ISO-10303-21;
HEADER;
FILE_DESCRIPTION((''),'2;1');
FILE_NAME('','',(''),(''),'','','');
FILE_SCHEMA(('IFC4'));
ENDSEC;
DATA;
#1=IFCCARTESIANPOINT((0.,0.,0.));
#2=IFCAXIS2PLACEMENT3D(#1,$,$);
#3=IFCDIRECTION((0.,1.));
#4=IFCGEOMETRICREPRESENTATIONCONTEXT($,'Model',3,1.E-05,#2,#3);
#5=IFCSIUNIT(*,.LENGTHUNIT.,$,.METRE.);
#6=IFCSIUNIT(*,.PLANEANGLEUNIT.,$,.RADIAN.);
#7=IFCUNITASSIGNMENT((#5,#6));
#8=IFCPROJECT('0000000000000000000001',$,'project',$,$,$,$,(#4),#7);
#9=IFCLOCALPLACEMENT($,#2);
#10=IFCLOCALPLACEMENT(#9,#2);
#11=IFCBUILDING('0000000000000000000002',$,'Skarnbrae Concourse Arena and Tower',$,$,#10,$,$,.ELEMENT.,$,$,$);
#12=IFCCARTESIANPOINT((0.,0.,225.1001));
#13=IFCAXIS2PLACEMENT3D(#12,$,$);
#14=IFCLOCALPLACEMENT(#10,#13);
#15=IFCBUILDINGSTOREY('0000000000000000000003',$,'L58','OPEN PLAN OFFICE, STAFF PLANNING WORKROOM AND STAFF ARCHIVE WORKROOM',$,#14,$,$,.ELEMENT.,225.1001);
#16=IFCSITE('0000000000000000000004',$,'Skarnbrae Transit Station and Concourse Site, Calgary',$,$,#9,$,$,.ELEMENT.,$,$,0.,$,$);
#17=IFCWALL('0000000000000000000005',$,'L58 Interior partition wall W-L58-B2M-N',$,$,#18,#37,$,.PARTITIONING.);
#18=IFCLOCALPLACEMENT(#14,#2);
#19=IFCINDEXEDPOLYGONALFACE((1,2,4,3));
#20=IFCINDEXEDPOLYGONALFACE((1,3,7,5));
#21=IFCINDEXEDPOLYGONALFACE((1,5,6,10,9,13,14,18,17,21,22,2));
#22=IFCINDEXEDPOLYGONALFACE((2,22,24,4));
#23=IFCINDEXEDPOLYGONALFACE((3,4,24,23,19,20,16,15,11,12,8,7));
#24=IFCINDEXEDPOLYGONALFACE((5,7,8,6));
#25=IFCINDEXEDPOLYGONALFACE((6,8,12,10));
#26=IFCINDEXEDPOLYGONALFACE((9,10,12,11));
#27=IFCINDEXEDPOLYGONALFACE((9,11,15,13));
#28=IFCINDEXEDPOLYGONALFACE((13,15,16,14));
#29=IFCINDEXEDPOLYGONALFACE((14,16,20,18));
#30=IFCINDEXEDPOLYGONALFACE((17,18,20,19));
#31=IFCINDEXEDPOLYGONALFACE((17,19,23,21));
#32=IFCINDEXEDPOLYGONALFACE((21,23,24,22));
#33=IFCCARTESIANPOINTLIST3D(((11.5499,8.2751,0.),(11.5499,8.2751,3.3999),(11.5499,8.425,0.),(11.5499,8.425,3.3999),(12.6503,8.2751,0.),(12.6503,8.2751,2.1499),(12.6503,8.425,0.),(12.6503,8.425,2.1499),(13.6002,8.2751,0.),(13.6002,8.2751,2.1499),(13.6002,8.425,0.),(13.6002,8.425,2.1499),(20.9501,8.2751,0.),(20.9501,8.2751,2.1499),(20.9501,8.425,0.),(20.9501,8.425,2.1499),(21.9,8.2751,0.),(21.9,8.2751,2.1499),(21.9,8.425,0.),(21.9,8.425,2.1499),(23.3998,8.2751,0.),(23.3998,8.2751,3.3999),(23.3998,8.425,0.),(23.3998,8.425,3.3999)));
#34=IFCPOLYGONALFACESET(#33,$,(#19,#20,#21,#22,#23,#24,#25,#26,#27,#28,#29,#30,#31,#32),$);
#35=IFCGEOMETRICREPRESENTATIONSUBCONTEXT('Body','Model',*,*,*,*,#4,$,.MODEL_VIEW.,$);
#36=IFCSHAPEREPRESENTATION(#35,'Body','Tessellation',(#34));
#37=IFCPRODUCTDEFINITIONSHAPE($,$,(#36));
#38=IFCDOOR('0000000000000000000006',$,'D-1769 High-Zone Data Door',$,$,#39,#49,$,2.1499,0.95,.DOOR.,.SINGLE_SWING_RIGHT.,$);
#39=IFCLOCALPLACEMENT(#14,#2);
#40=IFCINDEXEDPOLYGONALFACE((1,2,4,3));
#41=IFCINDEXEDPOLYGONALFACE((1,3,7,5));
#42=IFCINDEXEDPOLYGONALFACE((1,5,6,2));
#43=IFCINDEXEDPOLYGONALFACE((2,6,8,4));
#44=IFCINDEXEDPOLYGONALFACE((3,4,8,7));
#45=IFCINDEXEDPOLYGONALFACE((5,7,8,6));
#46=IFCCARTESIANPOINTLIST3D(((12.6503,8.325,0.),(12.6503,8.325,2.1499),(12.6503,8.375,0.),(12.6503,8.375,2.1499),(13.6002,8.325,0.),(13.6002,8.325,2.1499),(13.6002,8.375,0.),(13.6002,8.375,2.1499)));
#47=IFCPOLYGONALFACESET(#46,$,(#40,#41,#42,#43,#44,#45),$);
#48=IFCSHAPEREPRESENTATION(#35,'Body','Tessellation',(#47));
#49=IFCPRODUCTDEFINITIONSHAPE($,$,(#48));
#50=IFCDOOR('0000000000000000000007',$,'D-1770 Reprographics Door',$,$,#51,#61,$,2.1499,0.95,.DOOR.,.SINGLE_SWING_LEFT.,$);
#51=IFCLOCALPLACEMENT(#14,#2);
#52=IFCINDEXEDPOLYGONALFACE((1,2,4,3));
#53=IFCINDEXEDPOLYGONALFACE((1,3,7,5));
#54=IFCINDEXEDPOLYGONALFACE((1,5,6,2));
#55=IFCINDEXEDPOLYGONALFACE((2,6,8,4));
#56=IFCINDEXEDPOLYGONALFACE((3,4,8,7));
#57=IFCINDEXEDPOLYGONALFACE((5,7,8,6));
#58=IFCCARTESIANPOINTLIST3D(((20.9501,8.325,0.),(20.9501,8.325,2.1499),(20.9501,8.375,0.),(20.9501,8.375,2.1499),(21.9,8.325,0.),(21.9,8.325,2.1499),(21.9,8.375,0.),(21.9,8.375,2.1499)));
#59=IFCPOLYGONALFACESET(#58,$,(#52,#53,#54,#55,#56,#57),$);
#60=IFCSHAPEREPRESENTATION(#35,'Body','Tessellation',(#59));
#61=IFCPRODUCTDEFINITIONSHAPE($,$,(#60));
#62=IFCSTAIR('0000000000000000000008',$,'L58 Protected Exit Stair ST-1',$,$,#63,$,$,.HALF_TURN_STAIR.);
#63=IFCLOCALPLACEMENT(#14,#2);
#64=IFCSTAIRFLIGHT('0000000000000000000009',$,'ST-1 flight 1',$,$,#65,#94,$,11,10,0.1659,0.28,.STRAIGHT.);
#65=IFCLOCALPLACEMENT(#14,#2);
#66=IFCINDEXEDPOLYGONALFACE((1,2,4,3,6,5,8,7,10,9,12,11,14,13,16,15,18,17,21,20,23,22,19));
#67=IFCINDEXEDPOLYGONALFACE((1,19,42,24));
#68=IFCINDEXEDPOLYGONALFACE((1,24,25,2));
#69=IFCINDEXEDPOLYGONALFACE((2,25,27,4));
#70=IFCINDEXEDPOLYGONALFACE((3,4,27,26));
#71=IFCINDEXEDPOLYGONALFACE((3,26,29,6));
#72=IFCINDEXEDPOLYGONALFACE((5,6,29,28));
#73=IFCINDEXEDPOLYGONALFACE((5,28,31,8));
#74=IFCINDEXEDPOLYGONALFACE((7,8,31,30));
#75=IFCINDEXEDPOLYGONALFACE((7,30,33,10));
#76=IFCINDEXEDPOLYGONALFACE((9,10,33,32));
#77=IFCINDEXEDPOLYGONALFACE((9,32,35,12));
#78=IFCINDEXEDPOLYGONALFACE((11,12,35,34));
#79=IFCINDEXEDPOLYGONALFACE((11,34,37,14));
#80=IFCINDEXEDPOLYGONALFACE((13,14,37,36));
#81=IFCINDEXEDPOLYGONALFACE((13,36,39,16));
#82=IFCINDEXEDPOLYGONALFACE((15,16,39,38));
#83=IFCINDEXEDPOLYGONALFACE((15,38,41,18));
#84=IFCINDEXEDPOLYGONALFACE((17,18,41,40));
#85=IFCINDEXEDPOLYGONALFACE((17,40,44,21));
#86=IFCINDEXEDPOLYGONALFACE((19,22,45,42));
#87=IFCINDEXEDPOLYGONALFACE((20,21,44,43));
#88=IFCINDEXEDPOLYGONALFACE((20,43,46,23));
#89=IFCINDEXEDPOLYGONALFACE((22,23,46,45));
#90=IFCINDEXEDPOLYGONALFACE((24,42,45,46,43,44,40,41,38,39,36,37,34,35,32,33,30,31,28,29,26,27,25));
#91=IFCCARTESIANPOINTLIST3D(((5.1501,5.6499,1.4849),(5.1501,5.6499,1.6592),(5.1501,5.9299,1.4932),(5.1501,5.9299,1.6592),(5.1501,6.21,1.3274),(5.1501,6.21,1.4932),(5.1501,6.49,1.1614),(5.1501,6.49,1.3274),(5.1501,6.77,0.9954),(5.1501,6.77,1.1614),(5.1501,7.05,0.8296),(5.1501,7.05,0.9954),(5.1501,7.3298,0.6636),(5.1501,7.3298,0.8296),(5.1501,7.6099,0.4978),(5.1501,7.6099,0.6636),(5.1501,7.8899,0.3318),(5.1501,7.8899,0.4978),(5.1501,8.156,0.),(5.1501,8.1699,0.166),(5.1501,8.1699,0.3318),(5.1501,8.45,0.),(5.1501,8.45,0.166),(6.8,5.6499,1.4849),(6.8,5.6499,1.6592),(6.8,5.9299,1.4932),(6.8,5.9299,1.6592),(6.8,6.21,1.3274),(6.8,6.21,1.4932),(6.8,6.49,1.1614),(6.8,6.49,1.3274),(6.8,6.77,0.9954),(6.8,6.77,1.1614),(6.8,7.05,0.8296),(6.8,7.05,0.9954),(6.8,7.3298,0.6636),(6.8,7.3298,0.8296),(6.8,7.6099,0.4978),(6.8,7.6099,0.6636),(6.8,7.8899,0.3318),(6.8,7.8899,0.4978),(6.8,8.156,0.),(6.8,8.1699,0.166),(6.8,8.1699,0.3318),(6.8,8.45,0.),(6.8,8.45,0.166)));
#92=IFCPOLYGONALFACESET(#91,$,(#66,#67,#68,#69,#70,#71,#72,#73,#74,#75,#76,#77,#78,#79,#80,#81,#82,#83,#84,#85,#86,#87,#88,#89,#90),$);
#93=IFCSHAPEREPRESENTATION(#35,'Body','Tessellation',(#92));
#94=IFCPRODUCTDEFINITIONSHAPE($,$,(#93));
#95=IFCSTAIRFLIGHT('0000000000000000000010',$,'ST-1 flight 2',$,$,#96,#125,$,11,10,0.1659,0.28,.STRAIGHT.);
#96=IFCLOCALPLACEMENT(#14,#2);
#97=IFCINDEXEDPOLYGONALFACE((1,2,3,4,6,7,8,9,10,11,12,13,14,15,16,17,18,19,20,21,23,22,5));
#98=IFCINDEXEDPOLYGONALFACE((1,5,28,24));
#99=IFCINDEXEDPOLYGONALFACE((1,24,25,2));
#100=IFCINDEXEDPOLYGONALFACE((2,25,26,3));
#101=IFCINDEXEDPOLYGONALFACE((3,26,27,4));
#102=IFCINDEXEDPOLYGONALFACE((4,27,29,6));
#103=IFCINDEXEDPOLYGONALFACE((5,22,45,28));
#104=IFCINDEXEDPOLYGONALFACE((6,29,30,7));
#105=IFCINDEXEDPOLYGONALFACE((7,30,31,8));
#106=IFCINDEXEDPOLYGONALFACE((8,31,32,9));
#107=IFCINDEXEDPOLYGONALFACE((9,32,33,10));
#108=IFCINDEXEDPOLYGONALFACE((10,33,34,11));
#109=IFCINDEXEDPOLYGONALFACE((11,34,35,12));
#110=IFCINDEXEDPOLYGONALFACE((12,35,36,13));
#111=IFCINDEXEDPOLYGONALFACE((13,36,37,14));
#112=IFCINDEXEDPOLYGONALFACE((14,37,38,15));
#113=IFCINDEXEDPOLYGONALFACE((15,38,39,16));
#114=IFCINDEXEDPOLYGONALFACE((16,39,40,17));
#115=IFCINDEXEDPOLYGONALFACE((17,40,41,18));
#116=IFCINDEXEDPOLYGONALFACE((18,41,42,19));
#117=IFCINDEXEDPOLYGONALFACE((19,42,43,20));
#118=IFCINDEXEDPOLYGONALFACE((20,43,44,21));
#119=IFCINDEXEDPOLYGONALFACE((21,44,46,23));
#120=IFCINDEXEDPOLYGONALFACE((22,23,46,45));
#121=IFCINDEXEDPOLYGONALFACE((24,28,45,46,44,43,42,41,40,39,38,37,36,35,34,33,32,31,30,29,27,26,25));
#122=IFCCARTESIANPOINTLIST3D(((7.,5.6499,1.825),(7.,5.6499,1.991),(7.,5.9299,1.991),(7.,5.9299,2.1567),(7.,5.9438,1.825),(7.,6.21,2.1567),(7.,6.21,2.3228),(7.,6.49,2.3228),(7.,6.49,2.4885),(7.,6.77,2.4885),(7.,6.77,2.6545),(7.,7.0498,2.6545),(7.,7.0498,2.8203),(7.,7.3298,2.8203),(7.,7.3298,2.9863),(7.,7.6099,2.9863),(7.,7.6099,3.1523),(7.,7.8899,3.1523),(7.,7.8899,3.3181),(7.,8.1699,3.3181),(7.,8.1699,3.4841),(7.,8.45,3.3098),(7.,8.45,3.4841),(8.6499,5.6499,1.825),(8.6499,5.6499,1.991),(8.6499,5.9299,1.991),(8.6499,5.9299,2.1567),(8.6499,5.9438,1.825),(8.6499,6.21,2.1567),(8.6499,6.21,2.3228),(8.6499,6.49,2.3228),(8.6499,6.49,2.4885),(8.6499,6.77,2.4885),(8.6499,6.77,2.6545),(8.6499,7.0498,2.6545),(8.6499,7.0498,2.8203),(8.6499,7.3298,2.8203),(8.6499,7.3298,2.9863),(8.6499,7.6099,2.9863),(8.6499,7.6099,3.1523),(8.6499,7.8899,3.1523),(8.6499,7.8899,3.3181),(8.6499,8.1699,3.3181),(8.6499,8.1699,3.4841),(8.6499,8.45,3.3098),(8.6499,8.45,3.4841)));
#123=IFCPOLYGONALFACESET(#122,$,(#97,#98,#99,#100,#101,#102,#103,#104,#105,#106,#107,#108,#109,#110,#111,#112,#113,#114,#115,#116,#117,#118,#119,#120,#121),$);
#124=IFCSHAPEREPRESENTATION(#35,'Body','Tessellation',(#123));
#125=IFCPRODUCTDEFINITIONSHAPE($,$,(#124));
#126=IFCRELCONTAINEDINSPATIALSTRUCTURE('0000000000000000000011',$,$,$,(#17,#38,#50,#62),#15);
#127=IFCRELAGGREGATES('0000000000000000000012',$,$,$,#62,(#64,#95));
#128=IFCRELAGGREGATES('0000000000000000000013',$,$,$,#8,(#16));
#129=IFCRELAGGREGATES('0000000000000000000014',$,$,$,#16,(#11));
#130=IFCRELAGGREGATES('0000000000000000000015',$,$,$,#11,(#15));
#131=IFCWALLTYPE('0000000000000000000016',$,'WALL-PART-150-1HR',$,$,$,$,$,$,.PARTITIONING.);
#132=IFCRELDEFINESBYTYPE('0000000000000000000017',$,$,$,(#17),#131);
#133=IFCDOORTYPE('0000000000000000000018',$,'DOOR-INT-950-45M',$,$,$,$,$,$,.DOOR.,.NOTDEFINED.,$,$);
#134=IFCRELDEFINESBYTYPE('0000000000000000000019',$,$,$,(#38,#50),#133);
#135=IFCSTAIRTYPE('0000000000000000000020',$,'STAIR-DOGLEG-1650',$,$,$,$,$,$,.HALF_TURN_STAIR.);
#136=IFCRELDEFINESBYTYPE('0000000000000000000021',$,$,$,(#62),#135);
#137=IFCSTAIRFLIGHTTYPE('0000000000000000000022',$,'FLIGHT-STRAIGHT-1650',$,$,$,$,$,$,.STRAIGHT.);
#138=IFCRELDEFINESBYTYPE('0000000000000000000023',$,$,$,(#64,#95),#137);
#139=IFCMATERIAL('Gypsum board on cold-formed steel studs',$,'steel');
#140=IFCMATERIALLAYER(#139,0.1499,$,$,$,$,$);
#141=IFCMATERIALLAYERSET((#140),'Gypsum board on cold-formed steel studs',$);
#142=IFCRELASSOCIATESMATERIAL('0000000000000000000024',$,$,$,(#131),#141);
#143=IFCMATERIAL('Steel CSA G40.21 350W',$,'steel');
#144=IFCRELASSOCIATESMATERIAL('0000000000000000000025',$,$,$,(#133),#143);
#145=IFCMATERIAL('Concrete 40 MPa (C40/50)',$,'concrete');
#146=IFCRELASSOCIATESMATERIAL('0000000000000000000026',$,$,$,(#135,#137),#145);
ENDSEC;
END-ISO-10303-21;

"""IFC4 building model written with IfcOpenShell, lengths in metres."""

from ifc_helpers import new_model, si_unit, direction, frame, frame_2d, origin, place, context, subcontext, project, spatial, polyline, rectangle, outline, extrude, source, transform, mapped, material, layer, layer_set, type_object, element, fill, aggregate, save


model = new_model("IFC4")

# Units and contexts
model_context = context("Model", 3, precision=1e-05, world=origin(), true_north=direction((0.0, 1.0)))
body_context = subcontext(model_context, "Body", "Model", "MODEL_VIEW")
ifc_project = project(units=[si_unit("LENGTHUNIT", "METRE"), si_unit("PLANEANGLEUNIT", "RADIAN")], contexts=[model_context])

# Site, building, storey
site_placement = place(None, origin())
site = spatial("IfcSite", under=ifc_project, at=site_placement, Name="Skarnbrae Transit Station and Concourse Site, Calgary", CompositionType="ELEMENT", RefElevation=0.0)
building_placement = place(site_placement, origin())
building = spatial("IfcBuilding", under=site, at=building_placement, Name="Skarnbrae Concourse Arena and Tower", CompositionType="ELEMENT")
storey_placement = place(building_placement, frame((0.0, 0.0, 225.1001)))
storey = spatial("IfcBuildingStorey", under=building, at=storey_placement, Name="L58", Description="OPEN PLAN OFFICE, STAFF PLANNING WORKROOM AND STAFF ARCHIVE WORKROOM", CompositionType="ELEMENT", Elevation=225.1001)

# Shared definitions
ifc_material_1 = material(Name="Gypsum board on cold-formed steel studs", Category="steel")
ifc_material_2 = material(Name="Steel CSA G40.21 350W", Category="steel")

# Shared definitions
ifc_layer_1 = layer(ifc_material_1, 0.1499)
ifc_layer_set_1 = layer_set([ifc_layer_1], Name="Gypsum board on cold-formed steel studs")
wall_type_1 = type_object("IfcWallType", Name="WALL-PART-150-1HR", PredefinedType="PARTITIONING", material=ifc_layer_set_1)

# Shared definitions
door_type_1 = type_object("IfcDoorType", Name="DOOR-INT-950-45M", OperationType="NOTDEFINED", PredefinedType="DOOR", material=ifc_material_2)
shared_shape_1 = source(origin(), body_context, "Body", "SweptSolid", [
    extrude(rectangle(XDim=0.95, YDim=2.1499, at=frame_2d((0.4751, 1.075))), frame((0.0, 0.0249, 0.0), z_axis=(0.0, -1.0, 0.0), x_axis=(1.0, 0.0, 0.0)), (0.0, 0.0, 1.0), 0.05),
])

# Shared definitions
shared_shape_2 = source(origin(), body_context, "Body", "SweptSolid", [
    extrude(rectangle(XDim=11.8499, YDim=0.1499, at=frame_2d((5.9248, 0.0))), origin(), (0.0, 0.0, 1.0), 3.3999),
])

# Wall, openings, doors
wall_1_placement = place(storey_placement, frame((11.55, 8.3501, 0.0), z_axis=(0.0, 0.0, 1.0), x_axis=(1.0, 0.0, 0.0)))
wall_1 = element("IfcWall", 1, at=wall_1_placement, inside=storey, type_object=wall_type_1, Name="L58 Interior partition wall W-L58-B2M-N", PredefinedType="PARTITIONING", context=body_context, shape_type="MappedRepresentation", body=[
    mapped(shared_shape_2, transform((0.0, 0.0, 0.0))),
])
opening_1_placement = place(wall_1_placement, frame((1.1001, 0.0, 0.0)))
opening_1 = element("IfcOpeningElement", 2, at=opening_1_placement, cuts=wall_1, PredefinedType="OPENING", context=body_context, shape_type="SweptSolid", body=[
    extrude(rectangle(XDim=0.95, YDim=2.1499, at=frame_2d((0.4751, 1.075))), frame((0.0, 0.085, 0.0), z_axis=(0.0, -1.0, 0.0), x_axis=(1.0, 0.0, 0.0)), (0.0, 0.0, 1.0), 0.1699),
])
opening_2_placement = place(wall_1_placement, frame((9.3999, 0.0, 0.0)))
opening_2 = element("IfcOpeningElement", 3, at=opening_2_placement, cuts=wall_1, PredefinedType="OPENING", context=body_context, shape_type="SweptSolid", body=[
    extrude(rectangle(XDim=0.95, YDim=2.1499, at=frame_2d((0.4751, 1.075))), frame((0.0, 0.085, 0.0), z_axis=(0.0, -1.0, 0.0), x_axis=(1.0, 0.0, 0.0)), (0.0, 0.0, 1.0), 0.1699),
])
door_1_placement = place(opening_1_placement, origin())
door_1 = element("IfcDoor", 4, at=door_1_placement, inside=storey, type_object=door_type_1, Name="D-1769 High-Zone Data Door", OperationType="SINGLE_SWING_RIGHT", OverallHeight=2.1499, OverallWidth=0.95, PredefinedType="DOOR", context=body_context, shape_type="MappedRepresentation", body=[
    mapped(shared_shape_1, transform((0.0, 0.0, 0.0))),
])
fill(opening_1, door_1)
door_2_placement = place(opening_2_placement, origin())
door_2 = element("IfcDoor", 5, at=door_2_placement, inside=storey, type_object=door_type_1, Name="D-1770 Reprographics Door", OperationType="SINGLE_SWING_LEFT", OverallHeight=2.1499, OverallWidth=0.95, PredefinedType="DOOR", context=body_context, shape_type="MappedRepresentation", body=[
    mapped(shared_shape_1, transform((0.0, 0.0, 0.0))),
])
fill(opening_2, door_2)

# Stair, stair flights
ifc_material_3 = material(Name="Concrete 40 MPa (C40/50)", Category="concrete")
stair_type = type_object("IfcStairType", Name="STAIR-DOGLEG-1650", PredefinedType="HALF_TURN_STAIR", material=ifc_material_3)
stair_placement = place(storey_placement, origin())
stair = element("IfcStair", 6, at=stair_placement, inside=storey, type_object=stair_type, Name="L58 Protected Exit Stair ST-1", PredefinedType="HALF_TURN_STAIR")
stair_flight_type = type_object("IfcStairFlightType", Name="FLIGHT-STRAIGHT-1650", PredefinedType="STRAIGHT", material=ifc_material_3)
shared_shape_3 = source(origin(), body_context, "Body", "SweptSolid", [
    extrude(outline(polyline([(0.0, 0.0), (0.0, 0.166), (0.28, 0.166), (0.28, 0.3318), (0.5601, 0.3318), (0.5601, 0.4978), (0.8401, 0.4978), (0.8401, 0.6636), (1.1201, 0.6636), (1.1201, 0.8296), (1.3999, 0.8296), (1.3999, 0.9954), (1.6799, 0.9954), (1.6799, 1.1614), (1.96, 1.1614), (1.96, 1.3274), (2.24, 1.3274), (2.24, 1.4932), (2.52, 1.4932), (2.52, 1.6592), (2.8, 1.6592), (2.8, 1.825), (2.8, 1.4849), (0.2939, 0.0), (0.0, 0.0)])), frame((0.0, 0.825, 0.0), z_axis=(0.0, -1.0, 0.0), x_axis=(1.0, 0.0, 0.0)), (0.0, 0.0, 1.0), 1.6499),
])
stair_flight_1_placement = place(storey_placement, frame((5.9751, 8.45, 0.0), z_axis=(0.0, 0.0, 1.0), x_axis=(0.0, -1.0, 0.0)))
stair_flight_1 = element("IfcStairFlight", 7, at=stair_flight_1_placement, type_object=stair_flight_type, Name="ST-1 flight 1", NumberOfRisers=11, NumberOfTreads=10, PredefinedType="STRAIGHT", RiserHeight=0.1659, TreadLength=0.28, context=body_context, shape_type="MappedRepresentation", body=[
    mapped(shared_shape_3, transform((0.0, 0.0, 0.0))),
])
stair_flight_2_placement = place(storey_placement, frame((7.825, 5.6499, 1.825), z_axis=(0.0, 0.0, 1.0), x_axis=(0.0, 1.0, 0.0)))
stair_flight_2 = element("IfcStairFlight", 8, at=stair_flight_2_placement, type_object=stair_flight_type, Name="ST-1 flight 2", NumberOfRisers=11, NumberOfTreads=10, PredefinedType="STRAIGHT", RiserHeight=0.1659, TreadLength=0.28, context=body_context, shape_type="MappedRepresentation", body=[
    mapped(shared_shape_3, transform((0.0, 0.0, 0.0))),
])
aggregate(stair, [stair_flight_1, stair_flight_2])

save(model, "model.ifc")
